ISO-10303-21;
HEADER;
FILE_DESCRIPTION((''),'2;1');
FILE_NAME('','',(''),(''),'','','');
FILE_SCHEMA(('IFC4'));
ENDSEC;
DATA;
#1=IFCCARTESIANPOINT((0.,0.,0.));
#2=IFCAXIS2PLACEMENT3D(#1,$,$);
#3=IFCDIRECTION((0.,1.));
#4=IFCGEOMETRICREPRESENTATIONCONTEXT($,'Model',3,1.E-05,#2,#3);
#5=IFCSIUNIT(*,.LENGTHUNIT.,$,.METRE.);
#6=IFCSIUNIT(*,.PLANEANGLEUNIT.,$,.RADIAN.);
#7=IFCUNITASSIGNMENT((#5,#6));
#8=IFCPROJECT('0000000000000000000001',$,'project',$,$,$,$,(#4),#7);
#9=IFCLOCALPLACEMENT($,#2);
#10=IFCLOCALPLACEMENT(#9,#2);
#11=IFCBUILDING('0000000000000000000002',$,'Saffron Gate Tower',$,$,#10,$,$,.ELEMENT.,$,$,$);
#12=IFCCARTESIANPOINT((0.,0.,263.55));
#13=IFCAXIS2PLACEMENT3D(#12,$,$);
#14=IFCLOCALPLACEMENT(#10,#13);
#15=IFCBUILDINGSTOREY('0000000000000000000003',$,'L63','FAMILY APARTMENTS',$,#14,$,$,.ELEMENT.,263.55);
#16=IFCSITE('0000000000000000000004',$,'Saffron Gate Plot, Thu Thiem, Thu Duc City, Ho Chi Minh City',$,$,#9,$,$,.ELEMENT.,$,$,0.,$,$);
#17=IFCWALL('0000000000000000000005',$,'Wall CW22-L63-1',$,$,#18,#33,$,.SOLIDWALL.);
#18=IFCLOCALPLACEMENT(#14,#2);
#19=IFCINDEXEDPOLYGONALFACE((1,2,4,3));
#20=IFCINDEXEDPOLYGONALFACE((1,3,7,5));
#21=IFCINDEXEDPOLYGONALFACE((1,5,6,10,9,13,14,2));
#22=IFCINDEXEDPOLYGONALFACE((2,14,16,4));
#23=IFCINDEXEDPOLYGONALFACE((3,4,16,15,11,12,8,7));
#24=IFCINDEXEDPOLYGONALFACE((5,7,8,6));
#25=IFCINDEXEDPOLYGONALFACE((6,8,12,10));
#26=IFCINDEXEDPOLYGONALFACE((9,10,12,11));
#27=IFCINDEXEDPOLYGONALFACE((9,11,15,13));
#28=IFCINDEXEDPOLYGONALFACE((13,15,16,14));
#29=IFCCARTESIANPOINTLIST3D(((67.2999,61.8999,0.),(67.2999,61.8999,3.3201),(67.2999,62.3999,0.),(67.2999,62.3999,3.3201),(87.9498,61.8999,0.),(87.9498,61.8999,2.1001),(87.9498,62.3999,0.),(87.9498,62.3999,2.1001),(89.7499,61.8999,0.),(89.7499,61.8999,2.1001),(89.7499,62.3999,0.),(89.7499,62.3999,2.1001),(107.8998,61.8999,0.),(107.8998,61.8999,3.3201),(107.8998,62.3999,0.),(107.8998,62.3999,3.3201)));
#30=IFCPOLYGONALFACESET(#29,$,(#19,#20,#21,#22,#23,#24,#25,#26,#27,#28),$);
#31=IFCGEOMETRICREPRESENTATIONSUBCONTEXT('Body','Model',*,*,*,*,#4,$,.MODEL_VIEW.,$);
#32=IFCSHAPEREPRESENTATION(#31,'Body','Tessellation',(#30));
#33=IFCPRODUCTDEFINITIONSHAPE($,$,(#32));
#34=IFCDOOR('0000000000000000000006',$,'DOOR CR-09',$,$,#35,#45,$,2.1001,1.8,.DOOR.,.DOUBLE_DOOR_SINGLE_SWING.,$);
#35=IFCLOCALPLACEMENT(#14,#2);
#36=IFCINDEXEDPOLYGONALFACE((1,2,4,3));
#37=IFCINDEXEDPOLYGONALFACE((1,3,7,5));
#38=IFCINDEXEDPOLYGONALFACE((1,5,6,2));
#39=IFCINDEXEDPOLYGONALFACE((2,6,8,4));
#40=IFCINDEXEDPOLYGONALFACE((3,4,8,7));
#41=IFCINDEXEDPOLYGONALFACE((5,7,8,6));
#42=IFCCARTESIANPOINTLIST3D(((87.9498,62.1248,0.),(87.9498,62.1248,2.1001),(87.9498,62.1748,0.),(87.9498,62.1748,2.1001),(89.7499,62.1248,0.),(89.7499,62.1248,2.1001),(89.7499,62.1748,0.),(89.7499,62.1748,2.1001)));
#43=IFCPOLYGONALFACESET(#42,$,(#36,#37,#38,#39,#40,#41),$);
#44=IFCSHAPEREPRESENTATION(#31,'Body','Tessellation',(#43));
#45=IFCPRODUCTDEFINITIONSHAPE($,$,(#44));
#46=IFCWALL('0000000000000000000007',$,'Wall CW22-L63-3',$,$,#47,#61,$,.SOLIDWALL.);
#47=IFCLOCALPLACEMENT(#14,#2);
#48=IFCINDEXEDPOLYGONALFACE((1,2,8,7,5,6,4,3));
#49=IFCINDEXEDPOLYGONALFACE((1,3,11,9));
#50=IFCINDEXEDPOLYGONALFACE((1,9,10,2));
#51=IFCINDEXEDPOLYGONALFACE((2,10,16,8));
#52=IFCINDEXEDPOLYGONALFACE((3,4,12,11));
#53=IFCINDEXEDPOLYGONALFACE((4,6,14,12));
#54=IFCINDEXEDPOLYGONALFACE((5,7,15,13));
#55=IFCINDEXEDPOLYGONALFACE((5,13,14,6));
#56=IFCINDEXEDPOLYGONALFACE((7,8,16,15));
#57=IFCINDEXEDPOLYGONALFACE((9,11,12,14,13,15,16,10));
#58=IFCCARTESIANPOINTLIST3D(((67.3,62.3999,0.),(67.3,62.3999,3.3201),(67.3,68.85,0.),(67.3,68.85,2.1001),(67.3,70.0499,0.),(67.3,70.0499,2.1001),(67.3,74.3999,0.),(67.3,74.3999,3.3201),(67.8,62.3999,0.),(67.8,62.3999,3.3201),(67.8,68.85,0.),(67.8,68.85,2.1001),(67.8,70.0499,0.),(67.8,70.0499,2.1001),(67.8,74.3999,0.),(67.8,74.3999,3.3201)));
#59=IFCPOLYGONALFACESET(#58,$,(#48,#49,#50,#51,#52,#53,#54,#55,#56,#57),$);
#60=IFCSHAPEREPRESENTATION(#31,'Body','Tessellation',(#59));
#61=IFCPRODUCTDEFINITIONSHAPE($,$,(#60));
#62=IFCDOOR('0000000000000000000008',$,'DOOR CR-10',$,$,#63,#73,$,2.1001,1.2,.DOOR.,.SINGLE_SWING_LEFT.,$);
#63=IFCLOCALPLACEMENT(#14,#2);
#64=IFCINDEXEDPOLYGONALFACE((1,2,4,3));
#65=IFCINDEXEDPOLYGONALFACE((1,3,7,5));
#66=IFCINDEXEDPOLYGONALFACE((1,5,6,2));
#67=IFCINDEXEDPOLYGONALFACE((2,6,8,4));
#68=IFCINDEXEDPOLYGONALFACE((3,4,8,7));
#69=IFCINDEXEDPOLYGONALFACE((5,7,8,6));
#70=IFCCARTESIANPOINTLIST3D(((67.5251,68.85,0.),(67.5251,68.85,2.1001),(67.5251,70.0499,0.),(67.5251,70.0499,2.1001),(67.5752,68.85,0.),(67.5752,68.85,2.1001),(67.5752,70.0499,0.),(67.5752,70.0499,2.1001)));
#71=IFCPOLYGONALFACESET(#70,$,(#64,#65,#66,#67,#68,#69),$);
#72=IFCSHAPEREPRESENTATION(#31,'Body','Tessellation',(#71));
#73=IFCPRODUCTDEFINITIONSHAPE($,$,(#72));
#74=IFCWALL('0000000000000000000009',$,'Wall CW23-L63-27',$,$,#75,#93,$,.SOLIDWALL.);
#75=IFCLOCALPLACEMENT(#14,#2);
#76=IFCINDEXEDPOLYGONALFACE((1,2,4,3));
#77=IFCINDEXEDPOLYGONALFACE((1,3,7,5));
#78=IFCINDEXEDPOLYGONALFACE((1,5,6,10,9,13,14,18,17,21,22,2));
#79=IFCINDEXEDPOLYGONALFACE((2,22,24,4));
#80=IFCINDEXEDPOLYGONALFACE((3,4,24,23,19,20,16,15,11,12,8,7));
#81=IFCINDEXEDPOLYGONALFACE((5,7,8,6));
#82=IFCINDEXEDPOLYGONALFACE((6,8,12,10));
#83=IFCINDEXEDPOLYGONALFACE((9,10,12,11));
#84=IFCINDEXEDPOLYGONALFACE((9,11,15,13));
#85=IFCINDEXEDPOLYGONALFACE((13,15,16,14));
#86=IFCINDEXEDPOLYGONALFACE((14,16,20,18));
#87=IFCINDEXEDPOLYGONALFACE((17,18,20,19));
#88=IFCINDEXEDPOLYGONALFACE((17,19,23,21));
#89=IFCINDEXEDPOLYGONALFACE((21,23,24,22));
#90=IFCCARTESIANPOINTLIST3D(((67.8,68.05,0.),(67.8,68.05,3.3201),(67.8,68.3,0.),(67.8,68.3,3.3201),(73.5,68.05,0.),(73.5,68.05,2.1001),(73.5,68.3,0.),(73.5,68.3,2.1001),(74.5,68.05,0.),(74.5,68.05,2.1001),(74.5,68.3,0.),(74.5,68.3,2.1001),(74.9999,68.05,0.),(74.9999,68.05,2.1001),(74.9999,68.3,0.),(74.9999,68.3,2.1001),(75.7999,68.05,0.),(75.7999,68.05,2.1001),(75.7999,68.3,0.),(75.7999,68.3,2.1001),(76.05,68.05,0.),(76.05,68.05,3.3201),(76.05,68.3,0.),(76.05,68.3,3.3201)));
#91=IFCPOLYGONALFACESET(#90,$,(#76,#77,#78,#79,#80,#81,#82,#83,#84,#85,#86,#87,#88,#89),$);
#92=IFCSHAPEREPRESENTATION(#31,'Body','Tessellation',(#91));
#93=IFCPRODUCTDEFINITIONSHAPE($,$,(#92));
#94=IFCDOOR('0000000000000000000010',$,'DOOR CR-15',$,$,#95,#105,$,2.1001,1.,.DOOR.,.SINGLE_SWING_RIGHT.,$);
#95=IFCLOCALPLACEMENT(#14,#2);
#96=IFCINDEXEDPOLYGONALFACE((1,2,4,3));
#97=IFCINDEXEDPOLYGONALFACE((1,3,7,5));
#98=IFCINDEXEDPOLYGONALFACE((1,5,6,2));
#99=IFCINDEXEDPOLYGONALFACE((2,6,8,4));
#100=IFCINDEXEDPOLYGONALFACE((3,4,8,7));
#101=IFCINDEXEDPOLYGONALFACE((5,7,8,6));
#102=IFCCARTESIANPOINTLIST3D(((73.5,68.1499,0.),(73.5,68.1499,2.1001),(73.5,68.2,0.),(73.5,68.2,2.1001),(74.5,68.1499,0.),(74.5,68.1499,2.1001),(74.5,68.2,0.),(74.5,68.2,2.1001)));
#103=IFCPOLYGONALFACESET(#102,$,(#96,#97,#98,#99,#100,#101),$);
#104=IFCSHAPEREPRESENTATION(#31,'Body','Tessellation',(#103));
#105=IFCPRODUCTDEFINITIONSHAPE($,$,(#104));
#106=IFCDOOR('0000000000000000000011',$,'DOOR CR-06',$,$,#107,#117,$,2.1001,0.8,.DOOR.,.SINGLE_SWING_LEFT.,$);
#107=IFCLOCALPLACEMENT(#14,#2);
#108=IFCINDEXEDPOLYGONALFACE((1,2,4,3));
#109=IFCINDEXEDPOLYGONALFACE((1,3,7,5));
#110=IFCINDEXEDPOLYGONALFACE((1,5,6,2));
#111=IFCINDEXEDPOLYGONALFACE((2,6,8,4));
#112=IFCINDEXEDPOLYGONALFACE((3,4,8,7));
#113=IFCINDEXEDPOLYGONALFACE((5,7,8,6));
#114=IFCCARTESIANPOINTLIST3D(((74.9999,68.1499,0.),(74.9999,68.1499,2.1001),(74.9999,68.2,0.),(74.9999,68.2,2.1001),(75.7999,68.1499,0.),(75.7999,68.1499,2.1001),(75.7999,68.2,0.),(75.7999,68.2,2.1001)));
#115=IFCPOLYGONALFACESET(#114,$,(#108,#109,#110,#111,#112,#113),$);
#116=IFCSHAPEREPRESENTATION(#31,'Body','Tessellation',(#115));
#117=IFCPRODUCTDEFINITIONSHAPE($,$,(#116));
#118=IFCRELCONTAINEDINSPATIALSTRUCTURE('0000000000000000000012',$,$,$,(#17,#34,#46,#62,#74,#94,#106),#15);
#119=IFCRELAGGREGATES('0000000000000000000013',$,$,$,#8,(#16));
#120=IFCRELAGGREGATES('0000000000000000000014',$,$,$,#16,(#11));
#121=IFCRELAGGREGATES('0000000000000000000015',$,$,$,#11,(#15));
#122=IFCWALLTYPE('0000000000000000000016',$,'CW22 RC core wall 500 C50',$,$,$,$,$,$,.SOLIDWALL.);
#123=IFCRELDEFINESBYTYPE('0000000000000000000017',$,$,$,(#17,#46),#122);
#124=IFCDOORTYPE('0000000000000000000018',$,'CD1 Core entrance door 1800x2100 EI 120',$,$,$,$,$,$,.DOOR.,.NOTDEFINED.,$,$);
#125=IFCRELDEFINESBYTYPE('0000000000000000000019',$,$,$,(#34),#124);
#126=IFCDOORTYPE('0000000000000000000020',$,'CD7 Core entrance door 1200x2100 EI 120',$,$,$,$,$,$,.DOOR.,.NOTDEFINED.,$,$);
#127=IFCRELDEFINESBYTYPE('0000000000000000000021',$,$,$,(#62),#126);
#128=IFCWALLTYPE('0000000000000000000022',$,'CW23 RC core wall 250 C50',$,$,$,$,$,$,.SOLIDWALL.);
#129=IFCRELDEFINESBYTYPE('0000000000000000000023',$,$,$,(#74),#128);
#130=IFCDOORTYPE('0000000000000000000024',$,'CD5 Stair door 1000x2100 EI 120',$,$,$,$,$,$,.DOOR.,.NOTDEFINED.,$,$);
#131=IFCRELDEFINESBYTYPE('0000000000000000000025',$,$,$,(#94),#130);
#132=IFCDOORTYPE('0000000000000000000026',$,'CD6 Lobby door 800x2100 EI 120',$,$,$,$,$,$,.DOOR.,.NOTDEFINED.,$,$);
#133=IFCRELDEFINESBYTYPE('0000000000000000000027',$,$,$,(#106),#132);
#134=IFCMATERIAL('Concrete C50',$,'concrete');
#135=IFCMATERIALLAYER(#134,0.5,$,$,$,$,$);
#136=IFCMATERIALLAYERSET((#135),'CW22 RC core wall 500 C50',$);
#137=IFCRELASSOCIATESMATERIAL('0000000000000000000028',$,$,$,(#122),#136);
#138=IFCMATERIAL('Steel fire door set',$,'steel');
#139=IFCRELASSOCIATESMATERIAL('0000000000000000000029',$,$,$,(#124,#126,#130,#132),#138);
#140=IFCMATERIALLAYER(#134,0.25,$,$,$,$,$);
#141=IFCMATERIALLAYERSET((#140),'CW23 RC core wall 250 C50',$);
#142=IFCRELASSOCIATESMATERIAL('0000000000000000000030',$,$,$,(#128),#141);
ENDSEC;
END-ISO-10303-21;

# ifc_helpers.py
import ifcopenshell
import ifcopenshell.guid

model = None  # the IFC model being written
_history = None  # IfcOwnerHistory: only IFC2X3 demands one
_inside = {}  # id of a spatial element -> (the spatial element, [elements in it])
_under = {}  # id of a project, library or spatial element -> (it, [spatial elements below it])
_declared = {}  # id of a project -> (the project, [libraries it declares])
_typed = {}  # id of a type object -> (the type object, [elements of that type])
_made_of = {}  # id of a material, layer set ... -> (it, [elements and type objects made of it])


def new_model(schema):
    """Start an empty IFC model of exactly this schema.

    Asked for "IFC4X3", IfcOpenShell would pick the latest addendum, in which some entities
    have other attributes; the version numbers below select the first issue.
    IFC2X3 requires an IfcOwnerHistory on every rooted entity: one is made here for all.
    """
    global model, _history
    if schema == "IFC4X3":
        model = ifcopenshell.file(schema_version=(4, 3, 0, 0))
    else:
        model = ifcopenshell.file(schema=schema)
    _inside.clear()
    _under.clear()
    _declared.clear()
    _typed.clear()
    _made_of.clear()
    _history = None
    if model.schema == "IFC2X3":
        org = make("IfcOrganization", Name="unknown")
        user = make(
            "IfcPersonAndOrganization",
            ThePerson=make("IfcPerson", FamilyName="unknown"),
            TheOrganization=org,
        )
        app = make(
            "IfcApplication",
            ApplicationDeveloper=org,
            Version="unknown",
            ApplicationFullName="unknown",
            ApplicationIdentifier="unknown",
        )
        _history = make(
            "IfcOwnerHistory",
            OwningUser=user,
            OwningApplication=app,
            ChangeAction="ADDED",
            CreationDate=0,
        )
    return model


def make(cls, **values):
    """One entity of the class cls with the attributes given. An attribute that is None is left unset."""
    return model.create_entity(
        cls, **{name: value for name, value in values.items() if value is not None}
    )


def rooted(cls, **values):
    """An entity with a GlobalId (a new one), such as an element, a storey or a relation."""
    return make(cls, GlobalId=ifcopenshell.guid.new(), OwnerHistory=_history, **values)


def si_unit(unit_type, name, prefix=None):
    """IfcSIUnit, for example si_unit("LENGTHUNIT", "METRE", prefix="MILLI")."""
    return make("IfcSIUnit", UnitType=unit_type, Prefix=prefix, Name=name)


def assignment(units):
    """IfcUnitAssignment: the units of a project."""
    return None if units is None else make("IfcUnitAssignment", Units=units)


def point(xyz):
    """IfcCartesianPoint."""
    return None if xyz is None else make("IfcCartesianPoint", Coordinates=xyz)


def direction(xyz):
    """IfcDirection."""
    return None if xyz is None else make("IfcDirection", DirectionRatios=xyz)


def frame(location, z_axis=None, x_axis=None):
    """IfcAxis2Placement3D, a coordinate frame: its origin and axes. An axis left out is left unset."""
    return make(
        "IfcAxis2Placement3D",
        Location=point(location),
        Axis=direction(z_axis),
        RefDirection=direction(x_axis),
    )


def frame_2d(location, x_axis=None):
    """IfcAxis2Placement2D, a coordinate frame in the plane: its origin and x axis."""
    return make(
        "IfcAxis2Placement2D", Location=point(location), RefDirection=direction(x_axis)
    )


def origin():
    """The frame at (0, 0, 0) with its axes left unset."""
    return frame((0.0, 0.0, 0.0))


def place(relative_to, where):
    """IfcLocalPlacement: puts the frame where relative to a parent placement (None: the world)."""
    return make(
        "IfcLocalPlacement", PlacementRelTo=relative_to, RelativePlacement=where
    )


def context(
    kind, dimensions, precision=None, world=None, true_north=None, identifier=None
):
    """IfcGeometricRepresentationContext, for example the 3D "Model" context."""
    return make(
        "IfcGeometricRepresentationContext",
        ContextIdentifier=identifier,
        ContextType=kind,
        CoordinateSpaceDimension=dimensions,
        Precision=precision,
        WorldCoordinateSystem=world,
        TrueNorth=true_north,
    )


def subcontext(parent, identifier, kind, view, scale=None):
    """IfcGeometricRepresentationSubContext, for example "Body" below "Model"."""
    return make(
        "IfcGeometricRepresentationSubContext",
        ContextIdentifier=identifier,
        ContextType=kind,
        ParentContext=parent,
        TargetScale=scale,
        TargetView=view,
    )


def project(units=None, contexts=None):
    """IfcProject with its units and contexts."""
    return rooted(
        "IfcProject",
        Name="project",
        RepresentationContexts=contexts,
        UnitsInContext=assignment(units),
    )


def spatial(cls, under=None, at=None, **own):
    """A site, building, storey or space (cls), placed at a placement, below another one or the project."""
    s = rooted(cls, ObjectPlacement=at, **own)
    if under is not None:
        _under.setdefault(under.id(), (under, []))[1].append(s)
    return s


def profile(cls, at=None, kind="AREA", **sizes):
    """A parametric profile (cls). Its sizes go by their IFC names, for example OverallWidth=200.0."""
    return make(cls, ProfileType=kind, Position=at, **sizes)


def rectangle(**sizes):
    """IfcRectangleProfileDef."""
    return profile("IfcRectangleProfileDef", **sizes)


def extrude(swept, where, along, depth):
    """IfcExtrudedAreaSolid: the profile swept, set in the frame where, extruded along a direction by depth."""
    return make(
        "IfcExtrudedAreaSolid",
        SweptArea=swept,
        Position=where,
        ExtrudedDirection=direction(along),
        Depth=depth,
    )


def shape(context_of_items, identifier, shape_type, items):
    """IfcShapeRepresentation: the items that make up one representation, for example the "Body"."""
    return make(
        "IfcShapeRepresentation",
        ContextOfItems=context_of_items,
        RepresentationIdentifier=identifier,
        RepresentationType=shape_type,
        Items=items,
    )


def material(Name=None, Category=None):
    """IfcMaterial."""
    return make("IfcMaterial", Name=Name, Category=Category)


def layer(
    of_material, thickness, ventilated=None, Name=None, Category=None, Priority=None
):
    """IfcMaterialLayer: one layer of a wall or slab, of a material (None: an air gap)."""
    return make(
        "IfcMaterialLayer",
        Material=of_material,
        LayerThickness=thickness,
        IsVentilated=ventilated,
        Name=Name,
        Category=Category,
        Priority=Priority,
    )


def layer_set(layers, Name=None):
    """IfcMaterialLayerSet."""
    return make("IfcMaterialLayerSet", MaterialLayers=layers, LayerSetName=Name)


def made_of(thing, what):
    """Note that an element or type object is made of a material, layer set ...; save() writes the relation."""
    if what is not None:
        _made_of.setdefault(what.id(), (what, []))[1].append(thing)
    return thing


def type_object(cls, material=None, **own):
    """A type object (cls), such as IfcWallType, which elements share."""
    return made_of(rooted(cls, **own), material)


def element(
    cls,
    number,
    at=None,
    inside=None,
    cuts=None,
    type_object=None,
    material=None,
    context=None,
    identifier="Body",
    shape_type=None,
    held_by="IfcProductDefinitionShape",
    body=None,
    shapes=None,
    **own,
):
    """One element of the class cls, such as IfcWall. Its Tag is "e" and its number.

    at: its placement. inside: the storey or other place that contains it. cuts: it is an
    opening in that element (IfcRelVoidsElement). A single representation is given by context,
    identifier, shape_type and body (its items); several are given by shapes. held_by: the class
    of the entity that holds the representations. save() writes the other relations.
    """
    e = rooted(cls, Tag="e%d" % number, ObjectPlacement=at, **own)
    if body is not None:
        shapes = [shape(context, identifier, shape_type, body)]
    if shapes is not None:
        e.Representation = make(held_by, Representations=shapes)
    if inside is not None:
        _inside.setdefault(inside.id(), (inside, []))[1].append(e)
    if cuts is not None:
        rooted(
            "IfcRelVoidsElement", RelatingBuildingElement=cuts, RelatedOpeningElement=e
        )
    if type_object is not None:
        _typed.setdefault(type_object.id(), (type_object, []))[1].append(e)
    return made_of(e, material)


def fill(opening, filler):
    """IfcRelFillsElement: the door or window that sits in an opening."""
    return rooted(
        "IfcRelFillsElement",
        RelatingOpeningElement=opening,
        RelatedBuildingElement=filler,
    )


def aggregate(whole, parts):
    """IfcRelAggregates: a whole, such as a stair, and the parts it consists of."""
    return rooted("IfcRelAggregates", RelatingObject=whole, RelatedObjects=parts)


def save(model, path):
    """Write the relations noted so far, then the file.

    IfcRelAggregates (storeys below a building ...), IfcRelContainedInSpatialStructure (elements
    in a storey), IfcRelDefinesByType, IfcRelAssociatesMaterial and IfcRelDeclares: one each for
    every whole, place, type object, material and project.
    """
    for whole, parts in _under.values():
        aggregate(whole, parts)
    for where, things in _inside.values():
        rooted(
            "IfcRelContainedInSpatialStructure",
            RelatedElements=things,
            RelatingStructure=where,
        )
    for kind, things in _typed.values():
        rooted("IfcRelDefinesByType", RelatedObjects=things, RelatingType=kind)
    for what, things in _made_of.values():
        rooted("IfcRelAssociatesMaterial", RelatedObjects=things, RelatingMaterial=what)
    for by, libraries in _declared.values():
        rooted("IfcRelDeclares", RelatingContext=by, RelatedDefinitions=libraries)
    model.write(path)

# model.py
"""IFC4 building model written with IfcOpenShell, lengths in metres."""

from ifc_helpers import new_model, si_unit, direction, frame, frame_2d, origin, place, context, subcontext, project, spatial, rectangle, extrude, material, layer, layer_set, type_object, element, fill, save


model = new_model("IFC4")

# Units and contexts
model_context = context("Model", 3, precision=1e-05, world=origin(), true_north=direction((0.0, 1.0)))
body_context = subcontext(model_context, "Body", "Model", "MODEL_VIEW")
ifc_project = project(units=[si_unit("LENGTHUNIT", "METRE"), si_unit("PLANEANGLEUNIT", "RADIAN")], contexts=[model_context])

# Site, building, storey
site_placement = place(None, origin())
site = spatial("IfcSite", under=ifc_project, at=site_placement, Name="Saffron Gate Plot, Thu Thiem, Thu Duc City, Ho Chi Minh City", CompositionType="ELEMENT", RefElevation=0.0)
building_placement = place(site_placement, origin())
building = spatial("IfcBuilding", under=site, at=building_placement, Name="Saffron Gate Tower", CompositionType="ELEMENT")
storey_placement = place(building_placement, frame((0.0, 0.0, 263.55)))
storey = spatial("IfcBuildingStorey", under=building, at=storey_placement, Name="L63", Description="FAMILY APARTMENTS", CompositionType="ELEMENT", Elevation=263.55)

# Walls, openings, doors
ifc_material_1 = material(Name="Concrete C50", Category="concrete")
ifc_layer_1 = layer(ifc_material_1, 0.5)
ifc_layer_set_1 = layer_set([ifc_layer_1], Name="CW22 RC core wall 500 C50")
wall_type_1 = type_object("IfcWallType", Name="CW22 RC core wall 500 C50", PredefinedType="SOLIDWALL", material=ifc_layer_set_1)
wall_1_placement = place(storey_placement, frame((67.3, 62.1499, 0.0), z_axis=(0.0, 0.0, 1.0), x_axis=(1.0, 0.0, 0.0)))
wall_1 = element("IfcWall", 1, at=wall_1_placement, inside=storey, type_object=wall_type_1, Name="Wall CW22-L63-1", PredefinedType="SOLIDWALL", context=body_context, shape_type="SweptSolid", body=[
    extrude(rectangle(XDim=40.5999, YDim=0.5, at=frame_2d((20.2998, 0.0))), origin(), (0.0, 0.0, 1.0), 3.3201),
])
opening_1_placement = place(wall_1_placement, frame((20.6499, 0.0, 0.0)))
opening_1 = element("IfcOpeningElement", 2, at=opening_1_placement, cuts=wall_1, PredefinedType="OPENING", context=body_context, shape_type="SweptSolid", body=[
    extrude(rectangle(XDim=1.8, YDim=2.1001, at=frame_2d((0.8999, 1.05))), frame((0.0, 0.26, 0.0), z_axis=(0.0, -1.0, 0.0), x_axis=(1.0, 0.0, 0.0)), (0.0, 0.0, 1.0), 0.52),
])
ifc_material_2 = material(Name="Steel fire door set", Category="steel")
door_type_1 = type_object("IfcDoorType", Name="CD1 Core entrance door 1800x2100 EI 120", OperationType="NOTDEFINED", PredefinedType="DOOR", material=ifc_material_2)
door_1_placement = place(opening_1_placement, origin())
door_1 = element("IfcDoor", 3, at=door_1_placement, inside=storey, type_object=door_type_1, Name="DOOR CR-09", OperationType="DOUBLE_DOOR_SINGLE_SWING", OverallHeight=2.1001, OverallWidth=1.8, PredefinedType="DOOR", context=body_context, shape_type="SweptSolid", body=[
    extrude(rectangle(XDim=1.8, YDim=2.1001, at=frame_2d((0.8999, 1.05))), frame((0.0, 0.0249, 0.0), z_axis=(0.0, -1.0, 0.0), x_axis=(1.0, 0.0, 0.0)), (0.0, 0.0, 1.0), 0.05),
])
fill(opening_1, door_1)
wall_2_placement = place(storey_placement, frame((67.55, 62.3999, 0.0), z_axis=(0.0, 0.0, 1.0), x_axis=(0.0, 1.0, 0.0)))
wall_2 = element("IfcWall", 4, at=wall_2_placement, inside=storey, type_object=wall_type_1, Name="Wall CW22-L63-3", PredefinedType="SOLIDWALL", context=body_context, shape_type="SweptSolid", body=[
    extrude(rectangle(XDim=12.0, YDim=0.5, at=frame_2d((6.0, 0.0))), origin(), (0.0, 0.0, 1.0), 3.3201),
])
opening_2_placement = place(wall_2_placement, frame((6.45, 0.0, 0.0)))
opening_2 = element("IfcOpeningElement", 5, at=opening_2_placement, cuts=wall_2, PredefinedType="OPENING", context=body_context, shape_type="SweptSolid", body=[
    extrude(rectangle(XDim=1.2, YDim=2.1001, at=frame_2d((0.6001, 1.05))), frame((0.0, 0.26, 0.0), z_axis=(0.0, -1.0, 0.0), x_axis=(1.0, 0.0, 0.0)), (0.0, 0.0, 1.0), 0.52),
])
door_type_2 = type_object("IfcDoorType", Name="CD7 Core entrance door 1200x2100 EI 120", OperationType="NOTDEFINED", PredefinedType="DOOR", material=ifc_material_2)
door_2_placement = place(opening_2_placement, origin())
door_2 = element("IfcDoor", 6, at=door_2_placement, inside=storey, type_object=door_type_2, Name="DOOR CR-10", OperationType="SINGLE_SWING_LEFT", OverallHeight=2.1001, OverallWidth=1.2, PredefinedType="DOOR", context=body_context, shape_type="SweptSolid", body=[
    extrude(rectangle(XDim=1.2, YDim=2.1001, at=frame_2d((0.6001, 1.05))), frame((0.0, 0.0249, 0.0), z_axis=(0.0, -1.0, 0.0), x_axis=(1.0, 0.0, 0.0)), (0.0, 0.0, 1.0), 0.05),
])
fill(opening_2, door_2)

# Wall, openings, doors
ifc_layer_2 = layer(ifc_material_1, 0.25)
ifc_layer_set_2 = layer_set([ifc_layer_2], Name="CW23 RC core wall 250 C50")
wall_type_2 = type_object("IfcWallType", Name="CW23 RC core wall 250 C50", PredefinedType="SOLIDWALL", material=ifc_layer_set_2)
wall_3_placement = place(storey_placement, frame((67.8, 68.175, 0.0), z_axis=(0.0, 0.0, 1.0), x_axis=(1.0, 0.0, 0.0)))
wall_3 = element("IfcWall", 7, at=wall_3_placement, inside=storey, type_object=wall_type_2, Name="Wall CW23-L63-27", PredefinedType="SOLIDWALL", context=body_context, shape_type="SweptSolid", body=[
    extrude(rectangle(XDim=8.25, YDim=0.25, at=frame_2d((4.125, 0.0))), origin(), (0.0, 0.0, 1.0), 3.3201),
])
opening_3_placement = place(wall_3_placement, frame((5.7, 0.0, 0.0)))
opening_3 = element("IfcOpeningElement", 8, at=opening_3_placement, cuts=wall_3, PredefinedType="OPENING", context=body_context, shape_type="SweptSolid", body=[
    extrude(rectangle(XDim=1.0, YDim=2.1001, at=frame_2d((0.5, 1.05))), frame((0.0, 0.135, 0.0), z_axis=(0.0, -1.0, 0.0), x_axis=(1.0, 0.0, 0.0)), (0.0, 0.0, 1.0), 0.27),
])
opening_4_placement = place(wall_3_placement, frame((7.2, 0.0, 0.0)))
opening_4 = element("IfcOpeningElement", 9, at=opening_4_placement, cuts=wall_3, PredefinedType="OPENING", context=body_context, shape_type="SweptSolid", body=[
    extrude(rectangle(XDim=0.8, YDim=2.1001, at=frame_2d((0.3999, 1.05))), frame((0.0, 0.135, 0.0), z_axis=(0.0, -1.0, 0.0), x_axis=(1.0, 0.0, 0.0)), (0.0, 0.0, 1.0), 0.27),
])
door_type_3 = type_object("IfcDoorType", Name="CD5 Stair door 1000x2100 EI 120", OperationType="NOTDEFINED", PredefinedType="DOOR", material=ifc_material_2)
door_3_placement = place(opening_3_placement, origin())
door_3 = element("IfcDoor", 10, at=door_3_placement, inside=storey, type_object=door_type_3, Name="DOOR CR-15", OperationType="SINGLE_SWING_RIGHT", OverallHeight=2.1001, OverallWidth=1.0, PredefinedType="DOOR", context=body_context, shape_type="SweptSolid", body=[
    extrude(rectangle(XDim=1.0, YDim=2.1001, at=frame_2d((0.5, 1.05))), frame((0.0, 0.0249, 0.0), z_axis=(0.0, -1.0, 0.0), x_axis=(1.0, 0.0, 0.0)), (0.0, 0.0, 1.0), 0.05),
])
fill(opening_3, door_3)
door_type_4 = type_object("IfcDoorType", Name="CD6 Lobby door 800x2100 EI 120", OperationType="NOTDEFINED", PredefinedType="DOOR", material=ifc_material_2)
door_4_placement = place(opening_4_placement, origin())
door_4 = element("IfcDoor", 11, at=door_4_placement, inside=storey, type_object=door_type_4, Name="DOOR CR-06", OperationType="SINGLE_SWING_LEFT", OverallHeight=2.1001, OverallWidth=0.8, PredefinedType="DOOR", context=body_context, shape_type="SweptSolid", body=[
    extrude(rectangle(XDim=0.8, YDim=2.1001, at=frame_2d((0.3999, 1.05))), frame((0.0, 0.0249, 0.0), z_axis=(0.0, -1.0, 0.0), x_axis=(1.0, 0.0, 0.0)), (0.0, 0.0, 1.0), 0.05),
])
fill(opening_4, door_4)

save(model, "model.ifc")
